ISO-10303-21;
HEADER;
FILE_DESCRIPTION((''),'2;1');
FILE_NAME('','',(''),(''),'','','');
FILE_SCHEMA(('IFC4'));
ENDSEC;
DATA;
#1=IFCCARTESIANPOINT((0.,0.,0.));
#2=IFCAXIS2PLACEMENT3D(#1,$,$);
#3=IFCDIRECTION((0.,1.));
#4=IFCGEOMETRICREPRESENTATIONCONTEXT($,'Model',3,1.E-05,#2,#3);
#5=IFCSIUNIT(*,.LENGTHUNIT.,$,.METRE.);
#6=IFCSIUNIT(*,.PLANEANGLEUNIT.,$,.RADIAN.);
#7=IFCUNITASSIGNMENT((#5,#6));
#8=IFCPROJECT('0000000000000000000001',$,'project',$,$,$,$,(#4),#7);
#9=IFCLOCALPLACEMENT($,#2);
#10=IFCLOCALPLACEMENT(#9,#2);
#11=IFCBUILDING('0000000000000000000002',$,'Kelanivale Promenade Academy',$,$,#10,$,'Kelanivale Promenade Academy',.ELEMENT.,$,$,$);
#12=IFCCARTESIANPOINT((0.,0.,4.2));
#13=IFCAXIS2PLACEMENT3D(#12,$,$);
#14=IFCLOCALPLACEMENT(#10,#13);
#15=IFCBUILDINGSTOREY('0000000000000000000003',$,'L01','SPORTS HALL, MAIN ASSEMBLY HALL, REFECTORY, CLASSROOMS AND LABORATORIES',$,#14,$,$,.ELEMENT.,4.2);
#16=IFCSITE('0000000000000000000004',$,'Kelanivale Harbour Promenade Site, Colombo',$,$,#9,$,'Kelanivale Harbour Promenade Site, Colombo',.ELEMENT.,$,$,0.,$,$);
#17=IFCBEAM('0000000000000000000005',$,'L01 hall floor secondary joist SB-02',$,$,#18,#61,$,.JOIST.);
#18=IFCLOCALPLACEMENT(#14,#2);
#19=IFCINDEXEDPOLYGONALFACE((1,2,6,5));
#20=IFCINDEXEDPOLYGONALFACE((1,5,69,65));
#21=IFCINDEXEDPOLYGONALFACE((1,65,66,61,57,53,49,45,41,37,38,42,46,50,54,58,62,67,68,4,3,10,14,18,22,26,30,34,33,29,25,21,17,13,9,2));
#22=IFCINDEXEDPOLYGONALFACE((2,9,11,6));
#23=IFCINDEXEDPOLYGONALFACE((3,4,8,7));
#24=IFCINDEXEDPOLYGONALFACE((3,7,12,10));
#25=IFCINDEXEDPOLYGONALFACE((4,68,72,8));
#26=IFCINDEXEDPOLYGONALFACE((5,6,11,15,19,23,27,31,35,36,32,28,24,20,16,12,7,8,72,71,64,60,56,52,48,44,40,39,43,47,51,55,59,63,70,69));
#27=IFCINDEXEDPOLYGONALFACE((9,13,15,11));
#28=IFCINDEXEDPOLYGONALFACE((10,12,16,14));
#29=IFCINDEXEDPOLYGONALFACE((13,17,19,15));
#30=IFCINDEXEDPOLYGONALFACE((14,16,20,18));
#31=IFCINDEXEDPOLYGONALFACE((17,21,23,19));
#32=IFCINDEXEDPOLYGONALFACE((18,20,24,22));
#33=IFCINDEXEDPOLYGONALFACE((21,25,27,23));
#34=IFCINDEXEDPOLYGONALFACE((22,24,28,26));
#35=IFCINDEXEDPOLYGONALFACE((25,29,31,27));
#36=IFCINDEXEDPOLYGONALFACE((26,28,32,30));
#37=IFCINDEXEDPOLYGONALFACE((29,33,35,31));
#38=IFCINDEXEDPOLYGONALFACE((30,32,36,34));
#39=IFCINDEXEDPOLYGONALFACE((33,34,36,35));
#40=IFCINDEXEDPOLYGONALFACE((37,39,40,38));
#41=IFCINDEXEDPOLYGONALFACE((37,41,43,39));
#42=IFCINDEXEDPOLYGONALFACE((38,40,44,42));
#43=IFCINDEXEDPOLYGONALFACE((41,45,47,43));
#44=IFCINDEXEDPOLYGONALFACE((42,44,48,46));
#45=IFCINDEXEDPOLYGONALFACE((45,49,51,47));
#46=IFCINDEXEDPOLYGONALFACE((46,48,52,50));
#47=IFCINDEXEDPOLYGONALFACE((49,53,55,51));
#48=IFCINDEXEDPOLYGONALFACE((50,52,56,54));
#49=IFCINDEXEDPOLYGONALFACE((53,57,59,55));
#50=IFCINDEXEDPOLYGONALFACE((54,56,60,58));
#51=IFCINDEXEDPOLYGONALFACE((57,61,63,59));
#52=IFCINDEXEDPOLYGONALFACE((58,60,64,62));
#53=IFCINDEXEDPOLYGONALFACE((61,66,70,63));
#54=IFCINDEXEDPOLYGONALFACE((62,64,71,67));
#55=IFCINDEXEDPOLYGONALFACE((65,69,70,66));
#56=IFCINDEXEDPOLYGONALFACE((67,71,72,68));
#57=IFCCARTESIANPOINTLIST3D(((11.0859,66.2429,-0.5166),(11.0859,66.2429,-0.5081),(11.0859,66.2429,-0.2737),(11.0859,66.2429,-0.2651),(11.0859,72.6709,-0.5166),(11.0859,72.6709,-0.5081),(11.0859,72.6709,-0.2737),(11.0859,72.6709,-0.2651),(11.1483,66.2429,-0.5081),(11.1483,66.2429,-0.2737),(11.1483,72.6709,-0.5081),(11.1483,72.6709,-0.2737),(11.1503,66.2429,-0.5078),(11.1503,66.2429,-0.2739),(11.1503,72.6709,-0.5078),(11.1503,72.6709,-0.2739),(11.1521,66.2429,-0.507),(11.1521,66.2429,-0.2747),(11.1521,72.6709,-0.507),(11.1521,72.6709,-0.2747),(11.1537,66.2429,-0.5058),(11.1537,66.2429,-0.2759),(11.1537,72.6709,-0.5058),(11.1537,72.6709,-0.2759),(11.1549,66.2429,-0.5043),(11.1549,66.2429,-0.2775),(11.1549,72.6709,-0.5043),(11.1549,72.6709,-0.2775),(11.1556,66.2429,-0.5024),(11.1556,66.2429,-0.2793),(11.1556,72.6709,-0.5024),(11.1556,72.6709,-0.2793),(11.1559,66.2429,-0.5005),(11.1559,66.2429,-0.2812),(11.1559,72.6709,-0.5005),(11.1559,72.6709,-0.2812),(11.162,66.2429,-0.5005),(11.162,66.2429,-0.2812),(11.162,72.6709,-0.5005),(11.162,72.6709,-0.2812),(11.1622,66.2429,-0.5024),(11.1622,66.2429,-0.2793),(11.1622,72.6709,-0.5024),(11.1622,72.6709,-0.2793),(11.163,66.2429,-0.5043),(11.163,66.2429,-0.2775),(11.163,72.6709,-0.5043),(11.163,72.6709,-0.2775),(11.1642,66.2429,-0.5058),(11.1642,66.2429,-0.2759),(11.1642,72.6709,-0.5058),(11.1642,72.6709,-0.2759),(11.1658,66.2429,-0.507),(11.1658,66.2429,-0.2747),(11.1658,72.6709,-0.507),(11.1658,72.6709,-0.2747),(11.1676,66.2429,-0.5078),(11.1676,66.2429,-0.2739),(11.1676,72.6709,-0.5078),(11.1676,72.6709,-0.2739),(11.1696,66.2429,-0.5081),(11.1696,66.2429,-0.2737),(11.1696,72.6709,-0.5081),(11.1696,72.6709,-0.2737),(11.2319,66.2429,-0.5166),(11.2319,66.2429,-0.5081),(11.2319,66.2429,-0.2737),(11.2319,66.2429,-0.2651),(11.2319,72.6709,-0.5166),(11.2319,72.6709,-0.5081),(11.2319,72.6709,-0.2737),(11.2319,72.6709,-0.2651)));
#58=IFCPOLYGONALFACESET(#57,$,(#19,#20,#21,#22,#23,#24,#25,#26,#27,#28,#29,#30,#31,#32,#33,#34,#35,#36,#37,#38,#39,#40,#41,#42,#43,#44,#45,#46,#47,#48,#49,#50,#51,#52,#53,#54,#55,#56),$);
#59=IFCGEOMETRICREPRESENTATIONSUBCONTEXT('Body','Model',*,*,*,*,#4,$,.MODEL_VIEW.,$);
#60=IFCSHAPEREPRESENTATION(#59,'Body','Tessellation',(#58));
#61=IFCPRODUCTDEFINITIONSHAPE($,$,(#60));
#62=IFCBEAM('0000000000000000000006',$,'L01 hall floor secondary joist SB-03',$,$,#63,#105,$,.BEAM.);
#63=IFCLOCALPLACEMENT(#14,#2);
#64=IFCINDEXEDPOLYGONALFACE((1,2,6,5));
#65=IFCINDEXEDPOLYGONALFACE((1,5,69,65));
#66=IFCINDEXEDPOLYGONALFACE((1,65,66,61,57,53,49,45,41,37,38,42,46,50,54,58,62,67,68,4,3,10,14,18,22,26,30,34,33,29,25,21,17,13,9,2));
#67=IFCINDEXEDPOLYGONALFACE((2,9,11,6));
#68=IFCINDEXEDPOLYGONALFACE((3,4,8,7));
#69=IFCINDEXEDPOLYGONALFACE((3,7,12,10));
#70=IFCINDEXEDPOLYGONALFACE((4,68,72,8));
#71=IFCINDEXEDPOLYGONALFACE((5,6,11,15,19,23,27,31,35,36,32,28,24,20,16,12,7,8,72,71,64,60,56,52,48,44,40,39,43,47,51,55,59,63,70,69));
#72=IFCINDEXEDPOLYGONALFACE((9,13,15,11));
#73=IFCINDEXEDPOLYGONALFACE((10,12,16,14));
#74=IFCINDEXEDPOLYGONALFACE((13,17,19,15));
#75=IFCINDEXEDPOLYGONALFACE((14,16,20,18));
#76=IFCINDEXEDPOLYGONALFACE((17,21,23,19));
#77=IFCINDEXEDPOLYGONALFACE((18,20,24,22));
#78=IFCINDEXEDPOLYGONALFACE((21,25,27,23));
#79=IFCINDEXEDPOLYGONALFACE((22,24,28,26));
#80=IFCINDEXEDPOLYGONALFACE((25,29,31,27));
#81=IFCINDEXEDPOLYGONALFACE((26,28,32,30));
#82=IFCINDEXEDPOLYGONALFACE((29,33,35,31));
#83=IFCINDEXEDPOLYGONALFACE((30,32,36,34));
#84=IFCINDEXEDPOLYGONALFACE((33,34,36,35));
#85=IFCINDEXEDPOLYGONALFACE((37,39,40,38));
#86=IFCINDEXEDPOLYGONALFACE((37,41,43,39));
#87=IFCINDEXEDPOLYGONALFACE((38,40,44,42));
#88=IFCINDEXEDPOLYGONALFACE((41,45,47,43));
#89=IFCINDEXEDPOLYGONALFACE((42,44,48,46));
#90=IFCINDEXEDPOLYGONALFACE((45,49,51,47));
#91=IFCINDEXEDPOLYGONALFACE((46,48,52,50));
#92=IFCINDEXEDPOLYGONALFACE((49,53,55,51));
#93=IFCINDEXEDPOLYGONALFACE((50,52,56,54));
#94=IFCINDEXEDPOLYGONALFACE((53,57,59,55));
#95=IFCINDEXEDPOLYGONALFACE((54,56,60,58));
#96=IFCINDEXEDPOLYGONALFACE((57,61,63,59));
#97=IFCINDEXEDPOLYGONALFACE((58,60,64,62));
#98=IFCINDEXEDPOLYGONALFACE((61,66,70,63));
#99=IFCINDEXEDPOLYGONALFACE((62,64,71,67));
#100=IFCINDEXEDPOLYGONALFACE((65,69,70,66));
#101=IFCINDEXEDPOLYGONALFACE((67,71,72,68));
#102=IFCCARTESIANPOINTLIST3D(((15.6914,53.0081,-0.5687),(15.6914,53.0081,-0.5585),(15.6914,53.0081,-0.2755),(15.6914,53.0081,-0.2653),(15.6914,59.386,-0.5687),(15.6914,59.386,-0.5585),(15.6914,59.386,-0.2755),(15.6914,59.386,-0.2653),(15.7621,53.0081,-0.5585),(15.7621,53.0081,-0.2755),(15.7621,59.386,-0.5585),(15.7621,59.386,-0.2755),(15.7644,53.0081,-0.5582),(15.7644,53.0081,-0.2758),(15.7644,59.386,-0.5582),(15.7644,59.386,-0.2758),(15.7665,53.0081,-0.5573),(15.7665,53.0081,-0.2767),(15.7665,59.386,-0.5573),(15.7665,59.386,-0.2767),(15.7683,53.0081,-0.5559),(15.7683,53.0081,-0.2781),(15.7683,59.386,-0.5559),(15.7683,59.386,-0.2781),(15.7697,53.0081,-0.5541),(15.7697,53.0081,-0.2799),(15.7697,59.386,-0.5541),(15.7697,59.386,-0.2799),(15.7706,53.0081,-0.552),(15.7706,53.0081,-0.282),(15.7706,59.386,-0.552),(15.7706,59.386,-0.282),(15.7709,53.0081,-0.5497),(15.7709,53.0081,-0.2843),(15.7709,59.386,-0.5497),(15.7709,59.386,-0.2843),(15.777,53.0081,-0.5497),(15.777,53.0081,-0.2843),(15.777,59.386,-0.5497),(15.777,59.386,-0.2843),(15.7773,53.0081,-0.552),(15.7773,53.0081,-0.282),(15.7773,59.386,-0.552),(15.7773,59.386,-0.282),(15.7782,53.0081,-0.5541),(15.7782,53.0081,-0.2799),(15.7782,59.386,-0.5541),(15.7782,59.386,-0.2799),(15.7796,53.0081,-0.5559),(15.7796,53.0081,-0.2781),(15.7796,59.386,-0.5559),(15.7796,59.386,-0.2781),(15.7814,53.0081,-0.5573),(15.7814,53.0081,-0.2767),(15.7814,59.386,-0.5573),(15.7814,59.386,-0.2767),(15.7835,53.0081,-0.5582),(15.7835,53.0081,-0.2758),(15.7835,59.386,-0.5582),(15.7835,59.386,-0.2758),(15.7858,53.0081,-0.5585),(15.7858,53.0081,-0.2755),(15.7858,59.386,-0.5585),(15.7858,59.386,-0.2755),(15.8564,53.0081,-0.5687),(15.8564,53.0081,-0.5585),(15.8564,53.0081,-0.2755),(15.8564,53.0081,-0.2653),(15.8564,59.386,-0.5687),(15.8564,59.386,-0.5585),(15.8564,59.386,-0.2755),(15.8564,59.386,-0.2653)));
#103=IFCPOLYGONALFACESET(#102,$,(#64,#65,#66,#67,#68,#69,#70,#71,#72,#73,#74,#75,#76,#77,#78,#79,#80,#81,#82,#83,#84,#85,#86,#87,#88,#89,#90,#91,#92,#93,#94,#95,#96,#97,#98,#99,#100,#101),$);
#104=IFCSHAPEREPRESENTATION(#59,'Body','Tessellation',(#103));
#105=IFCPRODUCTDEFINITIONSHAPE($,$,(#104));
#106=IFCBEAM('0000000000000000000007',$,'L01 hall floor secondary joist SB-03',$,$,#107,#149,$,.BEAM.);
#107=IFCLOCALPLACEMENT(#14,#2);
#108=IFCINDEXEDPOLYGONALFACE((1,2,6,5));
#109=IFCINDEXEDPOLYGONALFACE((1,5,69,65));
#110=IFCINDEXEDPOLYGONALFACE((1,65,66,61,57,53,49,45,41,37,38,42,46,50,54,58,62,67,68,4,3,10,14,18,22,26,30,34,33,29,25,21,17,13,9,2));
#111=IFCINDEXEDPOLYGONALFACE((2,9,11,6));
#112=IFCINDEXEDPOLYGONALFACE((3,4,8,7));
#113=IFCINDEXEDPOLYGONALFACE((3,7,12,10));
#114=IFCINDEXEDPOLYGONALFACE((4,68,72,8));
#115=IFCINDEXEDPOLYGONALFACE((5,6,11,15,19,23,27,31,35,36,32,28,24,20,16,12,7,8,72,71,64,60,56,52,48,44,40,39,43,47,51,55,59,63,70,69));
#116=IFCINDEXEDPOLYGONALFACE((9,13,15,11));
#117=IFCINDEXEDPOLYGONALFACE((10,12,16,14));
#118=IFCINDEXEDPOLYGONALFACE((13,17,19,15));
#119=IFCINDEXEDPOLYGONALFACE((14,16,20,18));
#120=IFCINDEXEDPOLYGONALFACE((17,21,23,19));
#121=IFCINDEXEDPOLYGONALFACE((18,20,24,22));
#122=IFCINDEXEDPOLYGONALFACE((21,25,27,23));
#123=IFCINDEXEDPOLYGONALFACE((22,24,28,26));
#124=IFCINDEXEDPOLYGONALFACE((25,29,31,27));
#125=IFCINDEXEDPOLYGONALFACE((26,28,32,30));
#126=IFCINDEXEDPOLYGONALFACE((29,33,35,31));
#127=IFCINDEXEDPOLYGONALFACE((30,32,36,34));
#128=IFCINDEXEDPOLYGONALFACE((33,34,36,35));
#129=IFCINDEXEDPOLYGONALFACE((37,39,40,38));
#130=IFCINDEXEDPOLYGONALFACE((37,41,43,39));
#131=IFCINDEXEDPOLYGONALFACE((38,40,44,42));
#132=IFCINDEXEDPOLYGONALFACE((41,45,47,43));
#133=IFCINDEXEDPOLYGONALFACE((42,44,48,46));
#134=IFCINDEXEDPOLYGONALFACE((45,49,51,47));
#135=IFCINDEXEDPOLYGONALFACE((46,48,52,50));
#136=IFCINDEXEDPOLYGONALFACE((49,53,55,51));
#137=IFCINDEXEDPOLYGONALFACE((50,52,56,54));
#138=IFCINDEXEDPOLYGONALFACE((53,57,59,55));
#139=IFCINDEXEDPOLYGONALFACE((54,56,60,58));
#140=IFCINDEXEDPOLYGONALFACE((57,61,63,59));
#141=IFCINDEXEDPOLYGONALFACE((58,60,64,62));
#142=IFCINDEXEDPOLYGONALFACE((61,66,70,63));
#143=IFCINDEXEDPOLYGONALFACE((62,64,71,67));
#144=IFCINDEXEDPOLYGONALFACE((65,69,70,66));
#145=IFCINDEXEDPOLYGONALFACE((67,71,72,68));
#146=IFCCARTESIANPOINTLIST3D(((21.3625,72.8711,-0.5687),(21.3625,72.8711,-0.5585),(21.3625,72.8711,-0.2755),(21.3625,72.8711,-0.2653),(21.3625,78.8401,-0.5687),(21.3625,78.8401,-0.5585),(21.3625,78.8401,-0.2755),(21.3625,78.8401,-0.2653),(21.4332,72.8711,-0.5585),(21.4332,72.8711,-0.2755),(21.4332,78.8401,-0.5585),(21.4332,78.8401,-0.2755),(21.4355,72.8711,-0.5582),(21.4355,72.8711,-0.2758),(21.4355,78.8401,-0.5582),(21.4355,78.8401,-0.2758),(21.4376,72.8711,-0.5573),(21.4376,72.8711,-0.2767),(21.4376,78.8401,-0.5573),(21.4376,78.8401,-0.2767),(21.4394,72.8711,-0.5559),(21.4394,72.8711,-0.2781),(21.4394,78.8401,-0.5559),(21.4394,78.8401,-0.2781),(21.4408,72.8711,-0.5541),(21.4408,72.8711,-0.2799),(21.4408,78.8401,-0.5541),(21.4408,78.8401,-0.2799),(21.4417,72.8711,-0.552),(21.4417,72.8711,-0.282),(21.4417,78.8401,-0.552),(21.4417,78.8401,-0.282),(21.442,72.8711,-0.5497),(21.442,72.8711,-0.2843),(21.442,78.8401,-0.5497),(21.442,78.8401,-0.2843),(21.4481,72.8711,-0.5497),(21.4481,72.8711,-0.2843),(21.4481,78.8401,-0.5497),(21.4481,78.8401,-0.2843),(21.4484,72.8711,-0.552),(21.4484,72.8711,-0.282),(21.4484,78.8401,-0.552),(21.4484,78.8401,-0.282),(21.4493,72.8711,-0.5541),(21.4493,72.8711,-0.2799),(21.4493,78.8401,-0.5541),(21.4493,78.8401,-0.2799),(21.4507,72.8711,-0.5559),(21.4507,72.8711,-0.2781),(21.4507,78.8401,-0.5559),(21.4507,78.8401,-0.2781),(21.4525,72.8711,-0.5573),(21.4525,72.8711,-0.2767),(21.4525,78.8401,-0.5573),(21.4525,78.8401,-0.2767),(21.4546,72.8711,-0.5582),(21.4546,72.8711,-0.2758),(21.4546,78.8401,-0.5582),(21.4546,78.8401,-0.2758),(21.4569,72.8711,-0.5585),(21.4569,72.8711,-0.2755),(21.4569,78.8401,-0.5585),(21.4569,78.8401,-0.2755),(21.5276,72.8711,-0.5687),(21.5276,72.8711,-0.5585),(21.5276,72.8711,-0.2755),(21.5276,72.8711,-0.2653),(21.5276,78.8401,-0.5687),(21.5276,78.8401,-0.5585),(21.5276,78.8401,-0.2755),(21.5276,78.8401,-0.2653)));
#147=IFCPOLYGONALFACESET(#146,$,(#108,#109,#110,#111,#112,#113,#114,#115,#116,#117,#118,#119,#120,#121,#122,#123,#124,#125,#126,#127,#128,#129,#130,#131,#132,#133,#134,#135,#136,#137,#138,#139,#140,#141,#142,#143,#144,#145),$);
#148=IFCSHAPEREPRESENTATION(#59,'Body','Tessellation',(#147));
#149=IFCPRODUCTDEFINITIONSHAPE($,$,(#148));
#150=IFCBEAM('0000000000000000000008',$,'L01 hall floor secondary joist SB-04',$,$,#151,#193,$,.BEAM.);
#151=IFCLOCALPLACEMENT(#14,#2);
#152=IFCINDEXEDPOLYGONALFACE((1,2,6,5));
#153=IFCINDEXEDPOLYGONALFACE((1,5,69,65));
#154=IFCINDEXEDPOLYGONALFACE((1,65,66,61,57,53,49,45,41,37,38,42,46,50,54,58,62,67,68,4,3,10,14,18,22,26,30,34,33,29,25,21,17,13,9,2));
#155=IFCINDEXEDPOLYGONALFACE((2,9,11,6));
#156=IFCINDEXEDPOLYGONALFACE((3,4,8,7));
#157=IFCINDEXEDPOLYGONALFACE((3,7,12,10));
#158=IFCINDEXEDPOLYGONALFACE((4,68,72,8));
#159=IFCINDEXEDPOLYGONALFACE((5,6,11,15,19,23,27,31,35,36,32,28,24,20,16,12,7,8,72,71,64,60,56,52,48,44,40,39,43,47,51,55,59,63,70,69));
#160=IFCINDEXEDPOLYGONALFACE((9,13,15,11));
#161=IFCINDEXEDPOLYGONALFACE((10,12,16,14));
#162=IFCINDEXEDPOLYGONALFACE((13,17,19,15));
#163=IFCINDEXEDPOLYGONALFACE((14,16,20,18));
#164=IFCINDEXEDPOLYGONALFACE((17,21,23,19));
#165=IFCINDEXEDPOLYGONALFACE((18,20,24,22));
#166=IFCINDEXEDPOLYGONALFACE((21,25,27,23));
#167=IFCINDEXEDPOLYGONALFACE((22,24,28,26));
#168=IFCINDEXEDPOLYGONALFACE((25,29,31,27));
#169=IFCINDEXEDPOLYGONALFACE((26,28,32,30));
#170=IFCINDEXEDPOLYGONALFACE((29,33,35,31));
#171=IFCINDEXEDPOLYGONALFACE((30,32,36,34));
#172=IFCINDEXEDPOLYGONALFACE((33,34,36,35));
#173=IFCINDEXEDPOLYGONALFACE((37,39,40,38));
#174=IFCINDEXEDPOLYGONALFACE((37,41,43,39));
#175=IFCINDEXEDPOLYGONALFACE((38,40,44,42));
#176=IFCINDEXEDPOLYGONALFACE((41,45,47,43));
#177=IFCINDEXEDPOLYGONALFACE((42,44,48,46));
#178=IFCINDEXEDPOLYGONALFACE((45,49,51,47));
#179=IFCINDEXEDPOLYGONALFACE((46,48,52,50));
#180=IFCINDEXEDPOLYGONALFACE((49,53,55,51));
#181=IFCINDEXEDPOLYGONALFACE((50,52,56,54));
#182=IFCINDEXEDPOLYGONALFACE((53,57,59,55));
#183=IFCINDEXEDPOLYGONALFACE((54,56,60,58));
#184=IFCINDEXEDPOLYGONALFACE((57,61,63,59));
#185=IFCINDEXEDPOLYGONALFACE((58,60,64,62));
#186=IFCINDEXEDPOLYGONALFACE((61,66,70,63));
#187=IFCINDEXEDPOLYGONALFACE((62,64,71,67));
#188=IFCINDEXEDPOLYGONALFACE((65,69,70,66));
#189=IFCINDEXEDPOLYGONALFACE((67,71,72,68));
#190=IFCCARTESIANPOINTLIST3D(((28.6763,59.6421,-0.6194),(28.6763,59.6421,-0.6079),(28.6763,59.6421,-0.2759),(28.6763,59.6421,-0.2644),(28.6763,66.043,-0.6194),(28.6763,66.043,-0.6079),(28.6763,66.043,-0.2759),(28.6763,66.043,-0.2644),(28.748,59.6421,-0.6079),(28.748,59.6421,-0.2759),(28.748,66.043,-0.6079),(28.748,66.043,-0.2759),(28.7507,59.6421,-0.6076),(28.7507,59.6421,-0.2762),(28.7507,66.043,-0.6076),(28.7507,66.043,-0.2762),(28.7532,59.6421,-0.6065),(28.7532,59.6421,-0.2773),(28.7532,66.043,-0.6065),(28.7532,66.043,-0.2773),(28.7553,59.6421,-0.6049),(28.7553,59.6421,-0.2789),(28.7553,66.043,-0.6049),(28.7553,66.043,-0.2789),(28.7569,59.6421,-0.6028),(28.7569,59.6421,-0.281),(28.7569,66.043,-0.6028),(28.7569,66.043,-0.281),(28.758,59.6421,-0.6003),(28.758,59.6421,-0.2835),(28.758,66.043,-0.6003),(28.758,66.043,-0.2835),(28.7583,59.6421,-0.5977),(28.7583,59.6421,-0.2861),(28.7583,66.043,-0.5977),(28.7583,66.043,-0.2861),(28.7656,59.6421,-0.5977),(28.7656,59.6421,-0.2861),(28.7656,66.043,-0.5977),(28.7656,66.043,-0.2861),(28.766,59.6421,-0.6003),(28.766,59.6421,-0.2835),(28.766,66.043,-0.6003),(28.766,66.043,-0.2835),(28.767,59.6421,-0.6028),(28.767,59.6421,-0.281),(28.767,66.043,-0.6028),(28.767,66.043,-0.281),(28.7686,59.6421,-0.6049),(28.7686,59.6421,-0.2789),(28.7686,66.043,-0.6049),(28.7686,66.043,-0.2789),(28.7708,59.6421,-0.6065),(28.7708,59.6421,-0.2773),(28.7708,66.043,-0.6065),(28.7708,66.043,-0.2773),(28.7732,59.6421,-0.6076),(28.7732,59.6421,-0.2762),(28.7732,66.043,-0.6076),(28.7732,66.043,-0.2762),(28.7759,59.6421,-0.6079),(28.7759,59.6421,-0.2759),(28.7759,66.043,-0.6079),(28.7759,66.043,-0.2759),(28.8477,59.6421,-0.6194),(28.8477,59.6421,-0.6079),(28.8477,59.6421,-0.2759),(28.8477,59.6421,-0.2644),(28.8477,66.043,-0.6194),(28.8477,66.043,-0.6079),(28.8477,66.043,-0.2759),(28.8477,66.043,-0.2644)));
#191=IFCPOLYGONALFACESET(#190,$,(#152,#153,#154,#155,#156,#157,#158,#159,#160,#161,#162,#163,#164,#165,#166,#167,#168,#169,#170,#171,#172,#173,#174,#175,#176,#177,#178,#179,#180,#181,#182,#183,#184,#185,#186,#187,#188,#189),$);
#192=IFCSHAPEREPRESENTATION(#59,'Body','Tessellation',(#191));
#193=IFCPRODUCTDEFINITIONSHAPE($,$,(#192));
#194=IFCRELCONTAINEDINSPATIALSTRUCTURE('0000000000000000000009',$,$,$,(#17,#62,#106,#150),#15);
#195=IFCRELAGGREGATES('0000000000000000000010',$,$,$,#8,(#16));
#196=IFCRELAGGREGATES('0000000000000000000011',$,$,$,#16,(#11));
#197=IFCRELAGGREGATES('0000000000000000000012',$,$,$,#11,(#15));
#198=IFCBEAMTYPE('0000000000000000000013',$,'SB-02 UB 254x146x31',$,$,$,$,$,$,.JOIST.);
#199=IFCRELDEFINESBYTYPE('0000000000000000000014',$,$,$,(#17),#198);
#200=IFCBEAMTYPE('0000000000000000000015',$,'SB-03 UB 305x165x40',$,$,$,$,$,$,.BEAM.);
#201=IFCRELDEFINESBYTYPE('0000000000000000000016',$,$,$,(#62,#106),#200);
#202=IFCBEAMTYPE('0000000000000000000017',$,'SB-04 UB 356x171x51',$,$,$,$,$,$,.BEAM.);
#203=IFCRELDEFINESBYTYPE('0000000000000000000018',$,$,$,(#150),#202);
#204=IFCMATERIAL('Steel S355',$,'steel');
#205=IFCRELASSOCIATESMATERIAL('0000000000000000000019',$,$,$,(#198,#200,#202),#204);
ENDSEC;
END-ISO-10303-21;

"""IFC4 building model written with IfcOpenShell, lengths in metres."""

from ifc_helpers import new_model, si_unit, direction, frame, origin, origin_2d, place, context, subcontext, project, spatial, i_section, extrude, material, material_profile, profile_set, type_object, element, save


model = new_model("IFC4")

# Units and contexts
model_context = context("Model", 3, precision=1e-05, world=origin(), true_north=direction((0.0, 1.0)))
body_context = subcontext(model_context, "Body", "Model", "MODEL_VIEW")
ifc_project = project(units=[si_unit("LENGTHUNIT", "METRE"), si_unit("PLANEANGLEUNIT", "RADIAN")], contexts=[model_context])

# Site, building, storey
site_placement = place(None, origin())
site = spatial("IfcSite", under=ifc_project, at=site_placement, Name="Kelanivale Harbour Promenade Site, Colombo", LongName="Kelanivale Harbour Promenade Site, Colombo", CompositionType="ELEMENT", RefElevation=0.0)
building_placement = place(site_placement, origin())
building = spatial("IfcBuilding", under=site, at=building_placement, Name="Kelanivale Promenade Academy", LongName="Kelanivale Promenade Academy", CompositionType="ELEMENT")
storey_placement = place(building_placement, frame((0.0, 0.0, 4.2)))
storey = spatial("IfcBuildingStorey", under=building, at=storey_placement, Name="L01", Description="SPORTS HALL, MAIN ASSEMBLY HALL, REFECTORY, CLASSROOMS AND LABORATORIES", CompositionType="ELEMENT", Elevation=4.2)

# Shared definitions
ifc_material_1 = material(Name="Steel S355", Category="steel")

# Beams
ifc_material_profile_1 = material_profile(ifc_material_1, i_section(OverallWidth=0.146, OverallDepth=0.2515, WebThickness=0.0061, FlangeThickness=0.0085, FilletRadius=0.0076, at=origin_2d()), Name="UB 254x146x31")
ifc_profile_set_1 = profile_set([ifc_material_profile_1], Name="Steel S355")
beam_type_1 = type_object("IfcBeamType", Name="SB-02 UB 254x146x31", PredefinedType="JOIST", material=ifc_profile_set_1)
beam_1_placement = place(storey_placement, frame((11.1589, 66.2429, -0.3909), z_axis=(0.0, 1.0, 0.0), x_axis=(-1.0, 0.0, 0.0)))
element("IfcBeam", 1, at=beam_1_placement, inside=storey, type_object=beam_type_1, Name="L01 hall floor secondary joist SB-02", PredefinedType="JOIST", context=body_context, shape_type="SweptSolid", body=[
    extrude(i_section(OverallWidth=0.146, OverallDepth=0.2515, WebThickness=0.0061, FlangeThickness=0.0085, FilletRadius=0.0076, at=origin_2d()), origin(), (0.0, 0.0, 1.0), 6.428),
])
ifc_material_profile_2 = material_profile(ifc_material_1, i_section(OverallWidth=0.165, OverallDepth=0.3035, WebThickness=0.0061, FlangeThickness=0.0103, FilletRadius=0.0088, at=origin_2d()), Name="UB 305x165x40")
ifc_profile_set_2 = profile_set([ifc_material_profile_2], Name="Steel S355")
beam_type_2 = type_object("IfcBeamType", Name="SB-03 UB 305x165x40", PredefinedType="BEAM", material=ifc_profile_set_2)
beam_2_placement = place(storey_placement, frame((15.7739, 53.0081, -0.417), z_axis=(0.0, 1.0, 0.0), x_axis=(-1.0, 0.0, 0.0)))
element("IfcBeam", 2, at=beam_2_placement, inside=storey, type_object=beam_type_2, Name="L01 hall floor secondary joist SB-03", PredefinedType="BEAM", context=body_context, shape_type="SweptSolid", body=[
    extrude(i_section(OverallWidth=0.165, OverallDepth=0.3035, WebThickness=0.0061, FlangeThickness=0.0103, FilletRadius=0.0088, at=origin_2d()), origin(), (0.0, 0.0, 1.0), 6.3779),
])
beam_3_placement = place(storey_placement, frame((21.4451, 72.8711, -0.417), z_axis=(0.0, 1.0, 0.0), x_axis=(-1.0, 0.0, 0.0)))
element("IfcBeam", 3, at=beam_3_placement, inside=storey, type_object=beam_type_2, Name="L01 hall floor secondary joist SB-03", PredefinedType="BEAM", context=body_context, shape_type="SweptSolid", body=[
    extrude(i_section(OverallWidth=0.165, OverallDepth=0.3035, WebThickness=0.0061, FlangeThickness=0.0103, FilletRadius=0.0088, at=origin_2d()), origin(), (0.0, 0.0, 1.0), 5.969),
])
ifc_material_profile_3 = material_profile(ifc_material_1, i_section(OverallWidth=0.1714, OverallDepth=0.355, WebThickness=0.0073, FlangeThickness=0.0115, FilletRadius=0.0103, at=origin_2d()), Name="UB 356x171x51")
ifc_profile_set_3 = profile_set([ifc_material_profile_3], Name="Steel S355")
beam_type_3 = type_object("IfcBeamType", Name="SB-04 UB 356x171x51", PredefinedType="BEAM", material=ifc_profile_set_3)
beam_4_placement = place(storey_placement, frame((28.762, 59.6421, -0.4419), z_axis=(0.0, 1.0, 0.0), x_axis=(-1.0, 0.0, 0.0)))
element("IfcBeam", 4, at=beam_4_placement, inside=storey, type_object=beam_type_3, Name="L01 hall floor secondary joist SB-04", PredefinedType="BEAM", context=body_context, shape_type="SweptSolid", body=[
    extrude(i_section(OverallWidth=0.1714, OverallDepth=0.355, WebThickness=0.0073, FlangeThickness=0.0115, FilletRadius=0.0103, at=origin_2d()), origin(), (0.0, 0.0, 1.0), 6.4009),
])

save(model, "model.ifc")
